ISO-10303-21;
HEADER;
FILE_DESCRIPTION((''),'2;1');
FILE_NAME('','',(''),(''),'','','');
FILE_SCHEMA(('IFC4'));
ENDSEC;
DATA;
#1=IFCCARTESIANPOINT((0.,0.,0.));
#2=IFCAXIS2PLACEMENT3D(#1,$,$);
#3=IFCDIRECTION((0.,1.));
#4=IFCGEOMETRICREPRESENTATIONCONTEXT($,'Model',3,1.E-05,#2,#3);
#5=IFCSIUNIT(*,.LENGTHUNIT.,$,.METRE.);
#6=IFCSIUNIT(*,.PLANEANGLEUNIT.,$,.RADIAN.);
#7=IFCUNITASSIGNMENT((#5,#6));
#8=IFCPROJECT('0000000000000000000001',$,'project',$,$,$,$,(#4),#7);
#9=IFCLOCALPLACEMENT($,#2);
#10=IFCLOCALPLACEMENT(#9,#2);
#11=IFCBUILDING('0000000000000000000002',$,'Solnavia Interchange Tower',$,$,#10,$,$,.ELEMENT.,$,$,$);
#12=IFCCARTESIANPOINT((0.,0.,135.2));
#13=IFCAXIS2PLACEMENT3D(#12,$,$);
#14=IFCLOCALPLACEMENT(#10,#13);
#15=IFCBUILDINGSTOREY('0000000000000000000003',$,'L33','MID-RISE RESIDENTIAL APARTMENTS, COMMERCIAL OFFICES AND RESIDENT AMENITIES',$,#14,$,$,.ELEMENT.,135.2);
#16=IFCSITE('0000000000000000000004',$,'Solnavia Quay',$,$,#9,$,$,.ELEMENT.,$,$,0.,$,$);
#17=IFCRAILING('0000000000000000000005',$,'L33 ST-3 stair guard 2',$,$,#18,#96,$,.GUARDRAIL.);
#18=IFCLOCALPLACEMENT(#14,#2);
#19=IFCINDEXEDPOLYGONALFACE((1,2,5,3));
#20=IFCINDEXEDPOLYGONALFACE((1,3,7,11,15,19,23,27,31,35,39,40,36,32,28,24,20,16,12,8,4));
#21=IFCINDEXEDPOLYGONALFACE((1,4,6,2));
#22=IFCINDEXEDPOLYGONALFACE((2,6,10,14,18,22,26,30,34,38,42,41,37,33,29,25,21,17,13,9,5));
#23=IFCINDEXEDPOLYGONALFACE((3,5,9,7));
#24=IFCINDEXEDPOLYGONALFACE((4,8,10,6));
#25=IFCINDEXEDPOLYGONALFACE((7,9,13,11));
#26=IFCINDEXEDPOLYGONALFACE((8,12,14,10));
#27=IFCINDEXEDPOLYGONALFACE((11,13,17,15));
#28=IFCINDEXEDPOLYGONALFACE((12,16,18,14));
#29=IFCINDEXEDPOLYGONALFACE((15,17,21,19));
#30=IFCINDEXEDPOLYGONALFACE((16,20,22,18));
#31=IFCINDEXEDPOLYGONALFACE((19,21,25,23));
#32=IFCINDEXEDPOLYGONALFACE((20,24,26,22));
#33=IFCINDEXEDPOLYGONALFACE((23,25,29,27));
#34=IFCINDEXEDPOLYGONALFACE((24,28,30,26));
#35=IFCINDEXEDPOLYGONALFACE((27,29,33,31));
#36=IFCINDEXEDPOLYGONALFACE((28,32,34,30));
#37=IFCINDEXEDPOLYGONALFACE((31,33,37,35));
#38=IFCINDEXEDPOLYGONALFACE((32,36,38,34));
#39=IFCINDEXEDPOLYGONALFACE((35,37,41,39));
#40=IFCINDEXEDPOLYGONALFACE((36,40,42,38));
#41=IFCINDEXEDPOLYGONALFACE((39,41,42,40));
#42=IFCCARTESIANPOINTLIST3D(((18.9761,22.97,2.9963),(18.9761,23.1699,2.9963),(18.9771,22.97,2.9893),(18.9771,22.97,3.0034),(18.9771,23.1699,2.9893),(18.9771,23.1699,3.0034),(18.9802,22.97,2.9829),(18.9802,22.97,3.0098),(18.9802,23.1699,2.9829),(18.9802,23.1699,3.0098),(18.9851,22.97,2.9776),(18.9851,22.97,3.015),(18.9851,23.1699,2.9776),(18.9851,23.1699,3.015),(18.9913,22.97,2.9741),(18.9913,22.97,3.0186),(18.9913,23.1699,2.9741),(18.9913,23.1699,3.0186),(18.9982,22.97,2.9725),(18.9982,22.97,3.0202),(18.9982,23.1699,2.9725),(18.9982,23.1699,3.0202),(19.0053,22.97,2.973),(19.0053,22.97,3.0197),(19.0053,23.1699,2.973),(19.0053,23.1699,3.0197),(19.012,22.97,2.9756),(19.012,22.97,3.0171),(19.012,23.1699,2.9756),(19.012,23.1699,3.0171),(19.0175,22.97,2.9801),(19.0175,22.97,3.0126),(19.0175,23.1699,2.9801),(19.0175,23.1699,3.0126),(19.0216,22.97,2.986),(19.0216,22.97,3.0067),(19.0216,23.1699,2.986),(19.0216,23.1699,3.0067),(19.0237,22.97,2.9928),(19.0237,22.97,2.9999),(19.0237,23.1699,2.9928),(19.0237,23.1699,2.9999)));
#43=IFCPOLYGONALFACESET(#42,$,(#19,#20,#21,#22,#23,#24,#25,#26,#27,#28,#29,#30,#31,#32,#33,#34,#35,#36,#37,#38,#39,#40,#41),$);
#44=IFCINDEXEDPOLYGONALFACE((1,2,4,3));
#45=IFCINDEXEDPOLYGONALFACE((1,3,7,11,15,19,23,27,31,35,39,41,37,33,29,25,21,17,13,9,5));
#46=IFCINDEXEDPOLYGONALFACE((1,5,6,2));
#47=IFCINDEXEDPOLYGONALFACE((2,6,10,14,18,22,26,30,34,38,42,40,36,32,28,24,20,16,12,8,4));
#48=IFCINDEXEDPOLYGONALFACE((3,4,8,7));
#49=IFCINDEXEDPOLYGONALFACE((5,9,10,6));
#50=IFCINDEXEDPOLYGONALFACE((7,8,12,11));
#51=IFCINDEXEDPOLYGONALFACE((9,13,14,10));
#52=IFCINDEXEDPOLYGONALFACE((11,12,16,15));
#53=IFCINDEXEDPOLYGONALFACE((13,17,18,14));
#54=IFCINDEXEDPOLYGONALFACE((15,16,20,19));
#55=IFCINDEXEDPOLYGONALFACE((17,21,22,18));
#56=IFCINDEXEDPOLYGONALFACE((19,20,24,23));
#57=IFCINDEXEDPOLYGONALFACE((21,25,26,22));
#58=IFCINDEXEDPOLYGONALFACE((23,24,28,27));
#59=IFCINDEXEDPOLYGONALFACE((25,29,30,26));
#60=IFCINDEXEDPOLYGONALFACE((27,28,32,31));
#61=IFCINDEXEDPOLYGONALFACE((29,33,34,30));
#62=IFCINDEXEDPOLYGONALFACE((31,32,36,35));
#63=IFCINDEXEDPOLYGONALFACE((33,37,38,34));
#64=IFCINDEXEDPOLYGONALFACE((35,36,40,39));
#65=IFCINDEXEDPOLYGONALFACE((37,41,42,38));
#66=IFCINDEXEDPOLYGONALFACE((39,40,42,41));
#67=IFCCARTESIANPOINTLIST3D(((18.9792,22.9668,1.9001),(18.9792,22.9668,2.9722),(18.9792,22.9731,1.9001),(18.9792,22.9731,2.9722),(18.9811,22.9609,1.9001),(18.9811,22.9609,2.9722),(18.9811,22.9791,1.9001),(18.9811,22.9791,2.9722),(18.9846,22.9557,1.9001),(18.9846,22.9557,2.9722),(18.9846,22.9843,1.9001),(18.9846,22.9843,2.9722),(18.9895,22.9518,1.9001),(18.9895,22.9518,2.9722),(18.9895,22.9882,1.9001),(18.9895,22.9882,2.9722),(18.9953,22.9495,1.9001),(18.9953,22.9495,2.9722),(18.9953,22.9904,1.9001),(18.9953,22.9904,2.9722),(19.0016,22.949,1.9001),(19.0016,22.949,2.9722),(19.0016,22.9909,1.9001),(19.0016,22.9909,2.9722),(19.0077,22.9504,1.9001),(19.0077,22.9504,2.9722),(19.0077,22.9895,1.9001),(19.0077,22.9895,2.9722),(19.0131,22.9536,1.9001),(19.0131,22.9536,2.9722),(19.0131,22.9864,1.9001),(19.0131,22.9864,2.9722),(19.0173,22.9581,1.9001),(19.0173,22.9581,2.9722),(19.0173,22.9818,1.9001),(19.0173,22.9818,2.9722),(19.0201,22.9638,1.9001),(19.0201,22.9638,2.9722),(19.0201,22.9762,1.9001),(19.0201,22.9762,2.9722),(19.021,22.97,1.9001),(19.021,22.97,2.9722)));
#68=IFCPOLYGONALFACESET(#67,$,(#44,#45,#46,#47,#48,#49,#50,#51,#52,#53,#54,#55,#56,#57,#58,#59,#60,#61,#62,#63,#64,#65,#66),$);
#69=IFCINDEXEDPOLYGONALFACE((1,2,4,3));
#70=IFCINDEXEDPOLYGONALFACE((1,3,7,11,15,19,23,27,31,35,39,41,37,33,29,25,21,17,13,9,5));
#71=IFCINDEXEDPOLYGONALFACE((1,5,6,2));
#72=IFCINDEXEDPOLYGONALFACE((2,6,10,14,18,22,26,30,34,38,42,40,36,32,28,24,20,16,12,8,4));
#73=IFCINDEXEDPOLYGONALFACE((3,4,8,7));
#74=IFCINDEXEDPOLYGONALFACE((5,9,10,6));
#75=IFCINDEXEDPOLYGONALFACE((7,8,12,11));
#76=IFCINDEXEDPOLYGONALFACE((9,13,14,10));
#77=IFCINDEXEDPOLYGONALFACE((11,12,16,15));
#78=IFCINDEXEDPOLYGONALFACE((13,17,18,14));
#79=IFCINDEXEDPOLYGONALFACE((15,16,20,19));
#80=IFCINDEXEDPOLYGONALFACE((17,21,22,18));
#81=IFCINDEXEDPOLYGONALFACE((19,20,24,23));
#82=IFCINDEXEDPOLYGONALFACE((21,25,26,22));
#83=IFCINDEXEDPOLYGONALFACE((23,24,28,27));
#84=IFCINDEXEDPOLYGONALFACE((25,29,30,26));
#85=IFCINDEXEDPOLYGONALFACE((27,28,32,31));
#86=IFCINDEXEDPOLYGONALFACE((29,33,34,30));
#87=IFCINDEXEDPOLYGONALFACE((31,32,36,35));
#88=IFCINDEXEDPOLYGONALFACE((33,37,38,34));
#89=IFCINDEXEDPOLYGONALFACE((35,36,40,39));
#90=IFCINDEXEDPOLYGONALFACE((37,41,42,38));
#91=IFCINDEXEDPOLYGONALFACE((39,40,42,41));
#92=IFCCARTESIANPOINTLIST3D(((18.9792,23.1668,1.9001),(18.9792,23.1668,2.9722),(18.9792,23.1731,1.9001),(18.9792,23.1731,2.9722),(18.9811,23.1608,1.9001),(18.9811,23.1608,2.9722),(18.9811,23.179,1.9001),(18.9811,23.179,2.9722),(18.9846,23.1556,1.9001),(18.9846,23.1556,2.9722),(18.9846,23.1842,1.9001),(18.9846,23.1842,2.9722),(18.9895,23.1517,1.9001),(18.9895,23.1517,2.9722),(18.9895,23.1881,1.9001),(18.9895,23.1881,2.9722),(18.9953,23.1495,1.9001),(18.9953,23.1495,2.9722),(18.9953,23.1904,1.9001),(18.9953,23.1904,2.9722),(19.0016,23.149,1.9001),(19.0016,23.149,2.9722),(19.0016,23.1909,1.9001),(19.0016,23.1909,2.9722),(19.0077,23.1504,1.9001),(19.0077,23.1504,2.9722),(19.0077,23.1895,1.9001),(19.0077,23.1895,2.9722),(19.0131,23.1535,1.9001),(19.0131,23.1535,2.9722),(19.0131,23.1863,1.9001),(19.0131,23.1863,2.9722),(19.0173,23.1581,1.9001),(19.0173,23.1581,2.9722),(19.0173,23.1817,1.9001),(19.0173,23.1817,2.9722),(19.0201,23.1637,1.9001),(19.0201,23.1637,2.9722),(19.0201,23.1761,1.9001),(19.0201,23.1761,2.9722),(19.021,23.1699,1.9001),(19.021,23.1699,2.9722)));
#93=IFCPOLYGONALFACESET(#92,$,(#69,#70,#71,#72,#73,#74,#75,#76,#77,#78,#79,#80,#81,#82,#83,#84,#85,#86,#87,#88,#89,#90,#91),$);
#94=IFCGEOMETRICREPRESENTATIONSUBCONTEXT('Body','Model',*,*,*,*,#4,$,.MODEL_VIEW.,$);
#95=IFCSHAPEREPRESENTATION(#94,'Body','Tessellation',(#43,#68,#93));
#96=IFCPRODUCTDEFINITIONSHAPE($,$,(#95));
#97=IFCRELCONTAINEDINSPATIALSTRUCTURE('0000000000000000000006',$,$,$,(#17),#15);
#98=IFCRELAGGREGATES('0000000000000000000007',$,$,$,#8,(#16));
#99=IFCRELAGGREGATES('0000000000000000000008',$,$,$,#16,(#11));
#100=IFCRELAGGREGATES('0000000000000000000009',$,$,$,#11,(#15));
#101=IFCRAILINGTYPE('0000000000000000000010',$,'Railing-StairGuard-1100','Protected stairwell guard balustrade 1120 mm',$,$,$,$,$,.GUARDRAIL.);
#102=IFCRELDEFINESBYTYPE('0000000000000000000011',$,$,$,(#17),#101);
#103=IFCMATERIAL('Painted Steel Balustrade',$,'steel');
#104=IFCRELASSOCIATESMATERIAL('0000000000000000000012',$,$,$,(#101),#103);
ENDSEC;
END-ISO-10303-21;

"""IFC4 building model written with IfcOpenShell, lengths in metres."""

from ifc_helpers import new_model, si_unit, direction, frame, origin, origin_2d, place, context, subcontext, project, spatial, circle, extrude, material, type_object, element, save


model = new_model("IFC4")

# Units and contexts
model_context = context("Model", 3, precision=1e-05, world=origin(), true_north=direction((0.0, 1.0)))
body_context = subcontext(model_context, "Body", "Model", "MODEL_VIEW")
ifc_project = project(units=[si_unit("LENGTHUNIT", "METRE"), si_unit("PLANEANGLEUNIT", "RADIAN")], contexts=[model_context])

# Site, building, storey
site_placement = place(None, origin())
site = spatial("IfcSite", under=ifc_project, at=site_placement, Name="Solnavia Quay", CompositionType="ELEMENT", RefElevation=0.0)
building_placement = place(site_placement, origin())
building = spatial("IfcBuilding", under=site, at=building_placement, Name="Solnavia Interchange Tower", CompositionType="ELEMENT")
storey_placement = place(building_placement, frame((0.0, 0.0, 135.2)))
storey = spatial("IfcBuildingStorey", under=building, at=storey_placement, Name="L33", Description="MID-RISE RESIDENTIAL APARTMENTS, COMMERCIAL OFFICES AND RESIDENT AMENITIES", CompositionType="ELEMENT", Elevation=135.2)

# Railing
ifc_material_1 = material(Name="Painted Steel Balustrade", Category="steel")
railing_type_1 = type_object("IfcRailingType", Name="Railing-StairGuard-1100", Description="Protected stairwell guard balustrade 1120 mm", PredefinedType="GUARDRAIL", material=ifc_material_1)
railing_1_placement = place(storey_placement, frame((19.0, 22.97, 1.9001)))
element("IfcRailing", 1, at=railing_1_placement, inside=storey, type_object=railing_type_1, Name="L33 ST-3 stair guard 2", PredefinedType="GUARDRAIL", context=body_context, shape_type="SweptSolid", body=[
    extrude(circle(Radius=0.0239, at=origin_2d()), frame((0.0, 0.0, 1.0962), z_axis=(0.0, 1.0, 0.0), x_axis=(-1.0, 0.0, 0.0)), (0.0, 0.0, 1.0), 0.2),
    extrude(circle(Radius=0.021, at=origin_2d()), origin(), (0.0, 0.0, 1.0), 1.072),
    extrude(circle(Radius=0.021, at=origin_2d()), frame((0.0, 0.2, 0.0)), (0.0, 0.0, 1.0), 1.072),
])

save(model, "model.ifc")
